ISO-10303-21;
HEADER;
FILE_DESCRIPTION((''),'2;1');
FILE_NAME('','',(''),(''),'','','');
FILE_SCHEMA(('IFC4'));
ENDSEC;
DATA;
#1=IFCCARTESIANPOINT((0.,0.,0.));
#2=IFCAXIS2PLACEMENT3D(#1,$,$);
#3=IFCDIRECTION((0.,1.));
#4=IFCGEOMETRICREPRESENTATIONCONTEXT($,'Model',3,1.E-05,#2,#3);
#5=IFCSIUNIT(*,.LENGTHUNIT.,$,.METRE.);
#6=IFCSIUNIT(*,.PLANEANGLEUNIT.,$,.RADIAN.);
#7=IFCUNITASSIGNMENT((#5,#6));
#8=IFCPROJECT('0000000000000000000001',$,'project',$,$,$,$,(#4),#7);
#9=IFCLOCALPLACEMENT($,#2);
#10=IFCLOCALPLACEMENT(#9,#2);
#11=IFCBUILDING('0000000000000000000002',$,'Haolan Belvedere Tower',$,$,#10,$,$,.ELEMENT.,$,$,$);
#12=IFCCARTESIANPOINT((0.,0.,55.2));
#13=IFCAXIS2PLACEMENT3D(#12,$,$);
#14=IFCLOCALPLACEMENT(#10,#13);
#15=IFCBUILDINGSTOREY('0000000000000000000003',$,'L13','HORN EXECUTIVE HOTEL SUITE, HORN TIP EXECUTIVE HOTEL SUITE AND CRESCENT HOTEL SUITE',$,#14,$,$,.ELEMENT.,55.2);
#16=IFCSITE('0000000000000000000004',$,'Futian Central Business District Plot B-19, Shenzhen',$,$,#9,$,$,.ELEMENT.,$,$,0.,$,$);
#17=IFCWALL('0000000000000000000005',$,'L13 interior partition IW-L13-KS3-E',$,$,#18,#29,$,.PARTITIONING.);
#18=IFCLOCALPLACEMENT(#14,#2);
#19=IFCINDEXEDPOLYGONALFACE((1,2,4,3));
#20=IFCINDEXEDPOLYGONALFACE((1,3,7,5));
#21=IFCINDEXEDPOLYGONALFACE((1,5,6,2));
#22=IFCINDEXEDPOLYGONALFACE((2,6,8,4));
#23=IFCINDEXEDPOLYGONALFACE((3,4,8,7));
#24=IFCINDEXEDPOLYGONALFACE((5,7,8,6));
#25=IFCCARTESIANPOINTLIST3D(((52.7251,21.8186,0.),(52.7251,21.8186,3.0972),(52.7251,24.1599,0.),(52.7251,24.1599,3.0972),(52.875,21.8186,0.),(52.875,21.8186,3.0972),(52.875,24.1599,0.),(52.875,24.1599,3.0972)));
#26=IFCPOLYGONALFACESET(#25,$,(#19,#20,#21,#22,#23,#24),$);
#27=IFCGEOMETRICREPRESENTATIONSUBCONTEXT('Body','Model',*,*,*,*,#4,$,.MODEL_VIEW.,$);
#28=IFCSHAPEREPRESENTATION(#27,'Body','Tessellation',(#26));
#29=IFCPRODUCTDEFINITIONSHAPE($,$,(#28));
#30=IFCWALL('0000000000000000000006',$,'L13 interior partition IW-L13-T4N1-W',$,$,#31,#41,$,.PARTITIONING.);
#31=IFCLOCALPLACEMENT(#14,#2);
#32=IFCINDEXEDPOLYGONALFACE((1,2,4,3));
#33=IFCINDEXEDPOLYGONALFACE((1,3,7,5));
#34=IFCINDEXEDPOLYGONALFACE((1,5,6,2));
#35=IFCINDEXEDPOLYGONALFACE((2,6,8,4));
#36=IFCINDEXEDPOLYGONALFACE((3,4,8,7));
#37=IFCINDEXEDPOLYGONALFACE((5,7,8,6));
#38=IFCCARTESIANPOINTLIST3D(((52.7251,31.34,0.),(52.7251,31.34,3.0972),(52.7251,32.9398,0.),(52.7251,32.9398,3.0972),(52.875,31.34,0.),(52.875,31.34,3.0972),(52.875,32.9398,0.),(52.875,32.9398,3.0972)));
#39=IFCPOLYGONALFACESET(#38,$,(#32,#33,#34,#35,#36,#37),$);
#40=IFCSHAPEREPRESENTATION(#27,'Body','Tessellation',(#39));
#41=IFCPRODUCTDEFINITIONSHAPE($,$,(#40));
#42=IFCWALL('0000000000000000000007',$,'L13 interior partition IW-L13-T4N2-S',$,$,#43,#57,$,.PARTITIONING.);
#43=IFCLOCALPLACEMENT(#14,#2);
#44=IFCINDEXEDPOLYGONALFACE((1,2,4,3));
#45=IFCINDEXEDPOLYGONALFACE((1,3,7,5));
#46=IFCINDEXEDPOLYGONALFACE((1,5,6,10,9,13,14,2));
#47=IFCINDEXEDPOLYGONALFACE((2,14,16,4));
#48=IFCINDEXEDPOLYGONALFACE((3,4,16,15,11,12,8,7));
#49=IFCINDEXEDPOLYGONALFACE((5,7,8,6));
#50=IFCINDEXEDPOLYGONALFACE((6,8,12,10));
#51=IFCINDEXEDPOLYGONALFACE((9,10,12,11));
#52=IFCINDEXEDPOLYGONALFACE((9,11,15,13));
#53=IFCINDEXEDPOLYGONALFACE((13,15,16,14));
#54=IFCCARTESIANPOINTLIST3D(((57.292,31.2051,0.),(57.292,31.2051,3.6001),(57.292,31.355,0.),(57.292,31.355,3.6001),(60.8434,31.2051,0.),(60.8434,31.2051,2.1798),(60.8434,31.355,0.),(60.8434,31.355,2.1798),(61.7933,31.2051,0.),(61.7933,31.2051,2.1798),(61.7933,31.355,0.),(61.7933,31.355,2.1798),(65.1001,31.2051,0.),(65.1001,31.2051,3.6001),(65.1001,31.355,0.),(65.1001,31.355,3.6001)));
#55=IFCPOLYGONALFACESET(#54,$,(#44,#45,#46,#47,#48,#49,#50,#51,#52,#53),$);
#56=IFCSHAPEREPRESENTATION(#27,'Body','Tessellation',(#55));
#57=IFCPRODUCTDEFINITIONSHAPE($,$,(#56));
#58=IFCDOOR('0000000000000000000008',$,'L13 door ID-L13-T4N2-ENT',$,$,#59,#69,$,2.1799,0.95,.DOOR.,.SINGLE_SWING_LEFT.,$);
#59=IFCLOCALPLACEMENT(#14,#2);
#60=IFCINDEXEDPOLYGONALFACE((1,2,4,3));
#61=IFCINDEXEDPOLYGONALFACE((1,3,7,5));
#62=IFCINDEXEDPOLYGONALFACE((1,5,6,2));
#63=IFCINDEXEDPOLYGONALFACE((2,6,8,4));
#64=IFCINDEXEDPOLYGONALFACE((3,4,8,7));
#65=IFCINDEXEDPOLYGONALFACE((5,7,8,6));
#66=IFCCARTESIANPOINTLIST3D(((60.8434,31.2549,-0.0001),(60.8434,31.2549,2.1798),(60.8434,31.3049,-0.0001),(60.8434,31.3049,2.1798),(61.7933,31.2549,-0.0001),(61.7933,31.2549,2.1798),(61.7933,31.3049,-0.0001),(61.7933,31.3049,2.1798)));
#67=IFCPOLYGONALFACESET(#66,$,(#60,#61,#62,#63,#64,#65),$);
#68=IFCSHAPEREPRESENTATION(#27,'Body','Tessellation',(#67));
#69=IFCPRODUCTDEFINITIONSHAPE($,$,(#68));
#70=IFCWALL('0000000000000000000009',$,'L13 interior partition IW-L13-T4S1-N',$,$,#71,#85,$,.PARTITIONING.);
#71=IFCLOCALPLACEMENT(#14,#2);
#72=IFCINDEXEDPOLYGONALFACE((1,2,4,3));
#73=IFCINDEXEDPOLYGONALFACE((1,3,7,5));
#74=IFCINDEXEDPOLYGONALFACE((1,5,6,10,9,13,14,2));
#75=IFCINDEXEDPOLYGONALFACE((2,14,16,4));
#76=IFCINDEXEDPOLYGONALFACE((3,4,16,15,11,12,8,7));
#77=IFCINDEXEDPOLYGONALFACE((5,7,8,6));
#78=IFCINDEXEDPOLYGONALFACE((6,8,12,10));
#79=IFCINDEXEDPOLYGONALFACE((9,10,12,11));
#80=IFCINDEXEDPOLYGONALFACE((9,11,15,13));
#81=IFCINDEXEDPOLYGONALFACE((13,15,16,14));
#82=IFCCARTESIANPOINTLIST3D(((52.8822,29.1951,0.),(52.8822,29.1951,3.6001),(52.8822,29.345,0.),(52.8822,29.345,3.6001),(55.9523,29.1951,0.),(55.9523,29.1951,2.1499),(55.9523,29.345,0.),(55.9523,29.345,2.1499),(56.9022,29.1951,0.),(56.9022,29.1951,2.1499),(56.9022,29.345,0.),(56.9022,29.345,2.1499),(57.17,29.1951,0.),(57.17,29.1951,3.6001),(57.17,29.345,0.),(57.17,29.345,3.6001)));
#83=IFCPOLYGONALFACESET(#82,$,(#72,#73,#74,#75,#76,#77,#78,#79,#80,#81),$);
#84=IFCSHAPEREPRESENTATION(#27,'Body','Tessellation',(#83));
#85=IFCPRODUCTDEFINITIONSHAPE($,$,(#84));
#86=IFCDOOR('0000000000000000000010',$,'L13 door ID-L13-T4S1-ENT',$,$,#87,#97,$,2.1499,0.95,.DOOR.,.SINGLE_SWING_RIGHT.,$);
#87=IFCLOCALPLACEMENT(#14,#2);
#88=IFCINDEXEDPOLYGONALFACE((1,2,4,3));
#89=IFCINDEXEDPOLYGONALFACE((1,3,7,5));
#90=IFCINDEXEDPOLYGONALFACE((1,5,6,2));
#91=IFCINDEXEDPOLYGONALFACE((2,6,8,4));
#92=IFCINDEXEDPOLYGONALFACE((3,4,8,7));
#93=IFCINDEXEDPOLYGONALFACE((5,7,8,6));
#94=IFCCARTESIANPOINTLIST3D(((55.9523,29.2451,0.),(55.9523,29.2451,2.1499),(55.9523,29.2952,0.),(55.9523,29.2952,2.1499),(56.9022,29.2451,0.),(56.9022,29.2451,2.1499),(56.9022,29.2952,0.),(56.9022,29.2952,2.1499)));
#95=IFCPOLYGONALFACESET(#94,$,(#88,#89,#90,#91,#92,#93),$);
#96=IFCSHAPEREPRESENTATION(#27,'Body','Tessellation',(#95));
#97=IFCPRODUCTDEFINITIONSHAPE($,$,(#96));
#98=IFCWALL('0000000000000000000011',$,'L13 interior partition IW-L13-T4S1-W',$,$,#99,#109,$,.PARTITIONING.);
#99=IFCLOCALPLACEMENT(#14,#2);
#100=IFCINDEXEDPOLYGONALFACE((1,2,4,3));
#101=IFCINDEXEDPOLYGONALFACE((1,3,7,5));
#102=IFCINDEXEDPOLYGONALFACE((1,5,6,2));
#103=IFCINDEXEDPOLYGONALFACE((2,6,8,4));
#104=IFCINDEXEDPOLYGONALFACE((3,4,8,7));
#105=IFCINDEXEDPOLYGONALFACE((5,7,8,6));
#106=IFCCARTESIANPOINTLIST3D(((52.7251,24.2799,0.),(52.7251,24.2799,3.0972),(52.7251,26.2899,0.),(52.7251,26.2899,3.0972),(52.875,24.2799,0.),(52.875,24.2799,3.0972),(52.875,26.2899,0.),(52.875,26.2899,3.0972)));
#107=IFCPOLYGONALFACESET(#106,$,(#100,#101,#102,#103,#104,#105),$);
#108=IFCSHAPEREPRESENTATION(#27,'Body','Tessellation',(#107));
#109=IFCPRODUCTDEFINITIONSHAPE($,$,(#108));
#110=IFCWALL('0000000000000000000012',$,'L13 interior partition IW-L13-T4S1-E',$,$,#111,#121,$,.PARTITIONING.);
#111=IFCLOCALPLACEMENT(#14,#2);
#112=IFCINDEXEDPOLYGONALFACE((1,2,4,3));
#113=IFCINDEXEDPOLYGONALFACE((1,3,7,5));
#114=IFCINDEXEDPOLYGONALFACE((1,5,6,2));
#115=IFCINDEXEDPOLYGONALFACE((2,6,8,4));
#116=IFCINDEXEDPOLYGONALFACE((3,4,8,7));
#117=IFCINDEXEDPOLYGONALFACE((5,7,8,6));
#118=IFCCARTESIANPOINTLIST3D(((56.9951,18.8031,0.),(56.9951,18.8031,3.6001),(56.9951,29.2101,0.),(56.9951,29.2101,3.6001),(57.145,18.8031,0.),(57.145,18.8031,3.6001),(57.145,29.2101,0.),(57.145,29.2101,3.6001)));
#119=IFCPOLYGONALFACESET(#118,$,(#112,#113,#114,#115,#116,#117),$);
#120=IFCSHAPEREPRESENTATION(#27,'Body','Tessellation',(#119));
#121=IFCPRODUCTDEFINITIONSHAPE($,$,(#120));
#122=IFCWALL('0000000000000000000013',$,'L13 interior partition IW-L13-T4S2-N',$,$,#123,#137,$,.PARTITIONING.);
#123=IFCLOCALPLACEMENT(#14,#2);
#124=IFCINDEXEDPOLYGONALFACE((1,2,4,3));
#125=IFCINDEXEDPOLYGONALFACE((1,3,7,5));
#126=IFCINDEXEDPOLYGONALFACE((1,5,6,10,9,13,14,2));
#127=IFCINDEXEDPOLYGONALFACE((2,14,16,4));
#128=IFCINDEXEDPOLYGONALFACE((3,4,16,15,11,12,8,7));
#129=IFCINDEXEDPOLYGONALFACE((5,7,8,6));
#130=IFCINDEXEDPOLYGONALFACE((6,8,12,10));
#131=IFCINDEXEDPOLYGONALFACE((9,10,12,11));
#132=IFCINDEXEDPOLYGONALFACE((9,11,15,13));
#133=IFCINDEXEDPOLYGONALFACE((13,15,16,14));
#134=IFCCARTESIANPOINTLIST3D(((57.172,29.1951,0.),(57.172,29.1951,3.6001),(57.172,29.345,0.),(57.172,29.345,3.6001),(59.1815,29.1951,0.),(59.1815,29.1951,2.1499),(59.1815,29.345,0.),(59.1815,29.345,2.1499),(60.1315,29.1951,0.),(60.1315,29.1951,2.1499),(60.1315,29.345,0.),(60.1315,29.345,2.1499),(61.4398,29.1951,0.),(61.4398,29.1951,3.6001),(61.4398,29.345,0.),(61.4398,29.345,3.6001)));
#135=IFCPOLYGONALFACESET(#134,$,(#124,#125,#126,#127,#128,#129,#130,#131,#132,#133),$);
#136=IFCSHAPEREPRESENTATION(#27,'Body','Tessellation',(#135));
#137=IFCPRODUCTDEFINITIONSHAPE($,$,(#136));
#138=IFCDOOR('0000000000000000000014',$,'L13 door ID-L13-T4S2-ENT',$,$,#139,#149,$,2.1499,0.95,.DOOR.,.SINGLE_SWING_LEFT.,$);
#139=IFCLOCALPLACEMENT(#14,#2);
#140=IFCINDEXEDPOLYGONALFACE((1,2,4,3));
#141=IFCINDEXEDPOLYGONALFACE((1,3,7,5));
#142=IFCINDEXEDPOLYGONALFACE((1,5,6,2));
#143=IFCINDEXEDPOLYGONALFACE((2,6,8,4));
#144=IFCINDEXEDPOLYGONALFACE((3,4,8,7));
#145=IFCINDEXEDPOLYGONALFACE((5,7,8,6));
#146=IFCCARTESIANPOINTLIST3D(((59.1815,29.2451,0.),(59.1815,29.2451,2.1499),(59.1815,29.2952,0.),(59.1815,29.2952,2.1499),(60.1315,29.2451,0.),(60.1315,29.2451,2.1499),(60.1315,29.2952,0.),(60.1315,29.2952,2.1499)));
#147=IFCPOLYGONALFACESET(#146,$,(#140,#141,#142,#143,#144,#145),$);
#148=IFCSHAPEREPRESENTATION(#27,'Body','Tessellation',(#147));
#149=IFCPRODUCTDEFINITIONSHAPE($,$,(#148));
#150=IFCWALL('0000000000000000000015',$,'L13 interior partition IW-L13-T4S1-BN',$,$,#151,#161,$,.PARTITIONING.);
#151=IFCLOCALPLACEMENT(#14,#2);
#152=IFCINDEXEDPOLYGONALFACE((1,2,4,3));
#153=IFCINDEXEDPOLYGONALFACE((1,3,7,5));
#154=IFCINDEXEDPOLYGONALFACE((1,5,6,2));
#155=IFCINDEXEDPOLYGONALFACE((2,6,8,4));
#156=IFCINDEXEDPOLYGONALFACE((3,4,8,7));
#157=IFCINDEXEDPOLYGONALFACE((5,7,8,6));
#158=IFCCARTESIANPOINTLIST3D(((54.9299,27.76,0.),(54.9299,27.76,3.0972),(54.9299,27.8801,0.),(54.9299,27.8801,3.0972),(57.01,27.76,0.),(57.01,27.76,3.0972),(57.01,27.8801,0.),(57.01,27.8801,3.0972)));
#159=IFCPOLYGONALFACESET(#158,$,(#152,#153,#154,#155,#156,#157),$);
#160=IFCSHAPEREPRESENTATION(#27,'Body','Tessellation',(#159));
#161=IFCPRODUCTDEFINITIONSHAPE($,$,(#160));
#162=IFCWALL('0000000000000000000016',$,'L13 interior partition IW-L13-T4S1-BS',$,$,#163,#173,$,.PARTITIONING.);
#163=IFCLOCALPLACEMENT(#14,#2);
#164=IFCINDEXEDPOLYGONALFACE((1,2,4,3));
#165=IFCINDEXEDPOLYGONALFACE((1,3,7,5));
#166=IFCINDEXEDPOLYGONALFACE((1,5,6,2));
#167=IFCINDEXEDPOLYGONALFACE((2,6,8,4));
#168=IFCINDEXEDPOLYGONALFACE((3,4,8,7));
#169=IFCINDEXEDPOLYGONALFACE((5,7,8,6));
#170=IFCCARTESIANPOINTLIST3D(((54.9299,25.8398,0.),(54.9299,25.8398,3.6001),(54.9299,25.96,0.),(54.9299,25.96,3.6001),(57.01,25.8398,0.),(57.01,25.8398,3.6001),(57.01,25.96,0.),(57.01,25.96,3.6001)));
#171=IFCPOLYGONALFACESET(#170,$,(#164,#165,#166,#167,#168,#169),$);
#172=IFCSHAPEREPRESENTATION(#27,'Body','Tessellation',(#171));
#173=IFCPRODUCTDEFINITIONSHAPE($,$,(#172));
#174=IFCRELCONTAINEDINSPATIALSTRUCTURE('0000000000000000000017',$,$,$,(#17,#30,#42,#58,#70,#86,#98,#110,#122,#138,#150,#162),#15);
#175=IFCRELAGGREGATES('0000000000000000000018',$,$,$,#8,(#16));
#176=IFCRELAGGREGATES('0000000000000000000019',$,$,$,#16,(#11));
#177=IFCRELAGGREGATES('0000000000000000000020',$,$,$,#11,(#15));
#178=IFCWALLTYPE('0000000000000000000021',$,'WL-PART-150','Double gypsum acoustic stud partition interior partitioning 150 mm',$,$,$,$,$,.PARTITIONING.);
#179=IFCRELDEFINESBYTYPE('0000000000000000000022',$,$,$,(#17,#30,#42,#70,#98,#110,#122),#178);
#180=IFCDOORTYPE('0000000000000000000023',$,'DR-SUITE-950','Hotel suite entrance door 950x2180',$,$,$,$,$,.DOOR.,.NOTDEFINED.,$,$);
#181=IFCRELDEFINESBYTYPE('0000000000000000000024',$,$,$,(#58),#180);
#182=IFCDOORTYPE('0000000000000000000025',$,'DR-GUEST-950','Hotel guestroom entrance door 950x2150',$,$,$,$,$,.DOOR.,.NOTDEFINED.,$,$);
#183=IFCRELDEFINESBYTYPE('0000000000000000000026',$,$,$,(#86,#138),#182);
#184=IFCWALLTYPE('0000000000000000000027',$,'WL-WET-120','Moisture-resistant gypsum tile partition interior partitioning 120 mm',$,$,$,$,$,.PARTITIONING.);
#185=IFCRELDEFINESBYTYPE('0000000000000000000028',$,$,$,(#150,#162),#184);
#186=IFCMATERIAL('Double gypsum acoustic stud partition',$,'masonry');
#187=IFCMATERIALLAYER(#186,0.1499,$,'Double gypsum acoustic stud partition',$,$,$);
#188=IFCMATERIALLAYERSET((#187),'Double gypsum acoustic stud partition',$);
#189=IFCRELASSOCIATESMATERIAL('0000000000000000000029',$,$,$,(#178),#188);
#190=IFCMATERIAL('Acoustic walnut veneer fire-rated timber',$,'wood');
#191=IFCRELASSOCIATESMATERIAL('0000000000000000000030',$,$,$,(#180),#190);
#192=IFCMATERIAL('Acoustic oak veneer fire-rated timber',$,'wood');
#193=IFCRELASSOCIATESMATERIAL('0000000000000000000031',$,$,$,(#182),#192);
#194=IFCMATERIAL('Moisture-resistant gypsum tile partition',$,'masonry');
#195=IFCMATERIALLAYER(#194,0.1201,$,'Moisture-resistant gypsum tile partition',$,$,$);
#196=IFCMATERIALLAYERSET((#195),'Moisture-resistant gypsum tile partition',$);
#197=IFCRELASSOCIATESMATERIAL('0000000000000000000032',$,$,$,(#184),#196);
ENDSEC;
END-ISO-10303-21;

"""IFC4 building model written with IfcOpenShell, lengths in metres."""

from ifc_helpers import new_model, si_unit, direction, frame, frame_2d, origin, place, context, subcontext, project, spatial, rectangle, extrude, material, layer, layer_set, type_object, element, fill, save


model = new_model("IFC4")

# Units and contexts
model_context = context("Model", 3, precision=1e-05, world=origin(), true_north=direction((0.0, 1.0)))
body_context = subcontext(model_context, "Body", "Model", "MODEL_VIEW")
ifc_project = project(units=[si_unit("LENGTHUNIT", "METRE"), si_unit("PLANEANGLEUNIT", "RADIAN")], contexts=[model_context])

# Site, building, storey
site_placement = place(None, origin())
site = spatial("IfcSite", under=ifc_project, at=site_placement, Name="Futian Central Business District Plot B-19, Shenzhen", CompositionType="ELEMENT", RefElevation=0.0)
building_placement = place(site_placement, origin())
building = spatial("IfcBuilding", under=site, at=building_placement, Name="Haolan Belvedere Tower", CompositionType="ELEMENT")
storey_placement = place(building_placement, frame((0.0, 0.0, 55.2)))
storey = spatial("IfcBuildingStorey", under=building, at=storey_placement, Name="L13", Description="HORN EXECUTIVE HOTEL SUITE, HORN TIP EXECUTIVE HOTEL SUITE AND CRESCENT HOTEL SUITE", CompositionType="ELEMENT", Elevation=55.2)

# Walls
ifc_material_1 = material(Name="Double gypsum acoustic stud partition", Category="masonry")
ifc_layer_1 = layer(ifc_material_1, 0.1499, Name="Double gypsum acoustic stud partition")
ifc_layer_set_1 = layer_set([ifc_layer_1], Name="Double gypsum acoustic stud partition")
wall_type_1 = type_object("IfcWallType", Name="WL-PART-150", Description="Double gypsum acoustic stud partition interior partitioning 150 mm", PredefinedType="PARTITIONING", material=ifc_layer_set_1)
wall_1_placement = place(storey_placement, frame((52.8, 21.8186, 0.0), z_axis=(0.0, 0.0, 1.0), x_axis=(0.0, 1.0, 0.0)))
element("IfcWall", 1, at=wall_1_placement, inside=storey, type_object=wall_type_1, Name="L13 interior partition IW-L13-KS3-E", PredefinedType="PARTITIONING", context=body_context, shape_type="SweptSolid", body=[
    extrude(rectangle(XDim=2.3413, YDim=0.1499, at=frame_2d((1.1707, 0.0))), origin(), (0.0, 0.0, 1.0), 3.0972),
])
wall_2_placement = place(storey_placement, frame((52.8, 31.3401, 0.0), z_axis=(0.0, 0.0, 1.0), x_axis=(0.0, 1.0, 0.0)))
element("IfcWall", 2, at=wall_2_placement, inside=storey, type_object=wall_type_1, Name="L13 interior partition IW-L13-T4N1-W", PredefinedType="PARTITIONING", context=body_context, shape_type="SweptSolid", body=[
    extrude(rectangle(XDim=1.5999, YDim=0.1499, at=frame_2d((0.7998, 0.0))), origin(), (0.0, 0.0, 1.0), 3.0972),
])

# Walls, openings, doors
wall_3_placement = place(storey_placement, frame((57.292, 31.28, 0.0), z_axis=(0.0, 0.0, 1.0), x_axis=(1.0, 0.0, 0.0)))
wall_3 = element("IfcWall", 3, at=wall_3_placement, inside=storey, type_object=wall_type_1, Name="L13 interior partition IW-L13-T4N2-S", PredefinedType="PARTITIONING", context=body_context, shape_type="SweptSolid", body=[
    extrude(rectangle(XDim=7.8081, YDim=0.1499, at=frame_2d((3.9041, 0.0))), origin(), (0.0, 0.0, 1.0), 3.6001),
])
opening_1_placement = place(wall_3_placement, frame((3.5513, 0.0, 0.0)))
opening_1 = element("IfcOpeningElement", 4, at=opening_1_placement, cuts=wall_3, PredefinedType="OPENING", context=body_context, shape_type="SweptSolid", body=[
    extrude(rectangle(XDim=0.95, YDim=2.1799, at=frame_2d((0.4751, 1.0898))), frame((0.0, 0.085, 0.0), z_axis=(0.0, -1.0, 0.0), x_axis=(1.0, 0.0, 0.0)), (0.0, 0.0, 1.0), 0.1699),
])
ifc_material_2 = material(Name="Acoustic walnut veneer fire-rated timber", Category="wood")
door_type_1 = type_object("IfcDoorType", Name="DR-SUITE-950", Description="Hotel suite entrance door 950x2180", OperationType="NOTDEFINED", PredefinedType="DOOR", material=ifc_material_2)
door_1_placement = place(opening_1_placement, origin())
door_1 = element("IfcDoor", 5, at=door_1_placement, inside=storey, type_object=door_type_1, Name="L13 door ID-L13-T4N2-ENT", OperationType="SINGLE_SWING_LEFT", OverallHeight=2.1799, OverallWidth=0.95, PredefinedType="DOOR", context=body_context, shape_type="SweptSolid", body=[
    extrude(rectangle(XDim=0.95, YDim=2.1799, at=frame_2d((0.4751, 1.0898))), frame((0.0, 0.0249, 0.0), z_axis=(0.0, -1.0, 0.0), x_axis=(1.0, 0.0, 0.0)), (0.0, 0.0, 1.0), 0.05),
])
fill(opening_1, door_1)
wall_4_placement = place(storey_placement, frame((52.8821, 29.27, 0.0), z_axis=(0.0, 0.0, 1.0), x_axis=(1.0, 0.0, 0.0)))
wall_4 = element("IfcWall", 6, at=wall_4_placement, inside=storey, type_object=wall_type_1, Name="L13 interior partition IW-L13-T4S1-N", PredefinedType="PARTITIONING", context=body_context, shape_type="SweptSolid", body=[
    extrude(rectangle(XDim=4.2878, YDim=0.1499, at=frame_2d((2.144, 0.0))), origin(), (0.0, 0.0, 1.0), 3.6001),
])
opening_2_placement = place(wall_4_placement, frame((4.0203, 0.0, 0.0), z_axis=(0.0, 0.0, 1.0), x_axis=(-1.0, 0.0, 0.0)))
opening_2 = element("IfcOpeningElement", 7, at=opening_2_placement, cuts=wall_4, PredefinedType="OPENING", context=body_context, shape_type="SweptSolid", body=[
    extrude(rectangle(XDim=0.95, YDim=2.1499, at=frame_2d((0.4751, 1.075))), frame((0.0, 0.085, 0.0), z_axis=(0.0, -1.0, 0.0), x_axis=(1.0, 0.0, 0.0)), (0.0, 0.0, 1.0), 0.1699),
])
ifc_material_3 = material(Name="Acoustic oak veneer fire-rated timber", Category="wood")
door_type_2 = type_object("IfcDoorType", Name="DR-GUEST-950", Description="Hotel guestroom entrance door 950x2150", OperationType="NOTDEFINED", PredefinedType="DOOR", material=ifc_material_3)
door_2_placement = place(opening_2_placement, origin())
door_2 = element("IfcDoor", 8, at=door_2_placement, inside=storey, type_object=door_type_2, Name="L13 door ID-L13-T4S1-ENT", OperationType="SINGLE_SWING_RIGHT", OverallHeight=2.1499, OverallWidth=0.95, PredefinedType="DOOR", context=body_context, shape_type="SweptSolid", body=[
    extrude(rectangle(XDim=0.95, YDim=2.1499, at=frame_2d((0.4751, 1.075))), frame((0.0, 0.0249, 0.0), z_axis=(0.0, -1.0, 0.0), x_axis=(1.0, 0.0, 0.0)), (0.0, 0.0, 1.0), 0.05),
])
fill(opening_2, door_2)

# Walls
wall_5_placement = place(storey_placement, frame((52.8, 24.28, 0.0), z_axis=(0.0, 0.0, 1.0), x_axis=(0.0, 1.0, 0.0)))
element("IfcWall", 9, at=wall_5_placement, inside=storey, type_object=wall_type_1, Name="L13 interior partition IW-L13-T4S1-W", PredefinedType="PARTITIONING", context=body_context, shape_type="SweptSolid", body=[
    extrude(rectangle(XDim=2.01, YDim=0.1499, at=frame_2d((1.0049, 0.0))), origin(), (0.0, 0.0, 1.0), 3.0972),
])
wall_6_placement = place(storey_placement, frame((57.0701, 18.803, 0.0), z_axis=(0.0, 0.0, 1.0), x_axis=(0.0, 1.0, 0.0)))
element("IfcWall", 10, at=wall_6_placement, inside=storey, type_object=wall_type_1, Name="L13 interior partition IW-L13-T4S1-E", PredefinedType="PARTITIONING", context=body_context, shape_type="SweptSolid", body=[
    extrude(rectangle(XDim=10.407, YDim=0.1499, at=frame_2d((5.2036, 0.0))), origin(), (0.0, 0.0, 1.0), 3.6001),
])

# Wall, opening, door
wall_7_placement = place(storey_placement, frame((57.1721, 29.27, 0.0), z_axis=(0.0, 0.0, 1.0), x_axis=(1.0, 0.0, 0.0)))
wall_7 = element("IfcWall", 11, at=wall_7_placement, inside=storey, type_object=wall_type_1, Name="L13 interior partition IW-L13-T4S2-N", PredefinedType="PARTITIONING", context=body_context, shape_type="SweptSolid", body=[
    extrude(rectangle(XDim=4.2678, YDim=0.1499, at=frame_2d((2.1338, 0.0))), origin(), (0.0, 0.0, 1.0), 3.6001),
])
opening_3_placement = place(wall_7_placement, frame((2.9595, 0.0, 0.0), z_axis=(0.0, 0.0, 1.0), x_axis=(-1.0, 0.0, 0.0)))
opening_3 = element("IfcOpeningElement", 12, at=opening_3_placement, cuts=wall_7, PredefinedType="OPENING", context=body_context, shape_type="SweptSolid", body=[
    extrude(rectangle(XDim=0.95, YDim=2.1499, at=frame_2d((0.4751, 1.075))), frame((0.0, 0.085, 0.0), z_axis=(0.0, -1.0, 0.0), x_axis=(1.0, 0.0, 0.0)), (0.0, 0.0, 1.0), 0.1699),
])
door_3_placement = place(opening_3_placement, origin())
door_3 = element("IfcDoor", 13, at=door_3_placement, inside=storey, type_object=door_type_2, Name="L13 door ID-L13-T4S2-ENT", OperationType="SINGLE_SWING_LEFT", OverallHeight=2.1499, OverallWidth=0.95, PredefinedType="DOOR", context=body_context, shape_type="SweptSolid", body=[
    extrude(rectangle(XDim=0.95, YDim=2.1499, at=frame_2d((0.4751, 1.075))), frame((0.0, 0.0249, 0.0), z_axis=(0.0, -1.0, 0.0), x_axis=(1.0, 0.0, 0.0)), (0.0, 0.0, 1.0), 0.05),
])
fill(opening_3, door_3)

# Walls
ifc_material_4 = material(Name="Moisture-resistant gypsum tile partition", Category="masonry")
ifc_layer_2 = layer(ifc_material_4, 0.1201, Name="Moisture-resistant gypsum tile partition")
ifc_layer_set_2 = layer_set([ifc_layer_2], Name="Moisture-resistant gypsum tile partition")
wall_type_2 = type_object("IfcWallType", Name="WL-WET-120", Description="Moisture-resistant gypsum tile partition interior partitioning 120 mm", PredefinedType="PARTITIONING", material=ifc_layer_set_2)
wall_8_placement = place(storey_placement, frame((54.9299, 27.8201, 0.0), z_axis=(0.0, 0.0, 1.0), x_axis=(1.0, 0.0, 0.0)))
element("IfcWall", 14, at=wall_8_placement, inside=storey, type_object=wall_type_2, Name="L13 interior partition IW-L13-T4S1-BN", PredefinedType="PARTITIONING", context=body_context, shape_type="SweptSolid", body=[
    extrude(rectangle(XDim=2.0801, YDim=0.1201, at=frame_2d((1.04, 0.0))), origin(), (0.0, 0.0, 1.0), 3.0972),
])
wall_9_placement = place(storey_placement, frame((54.9299, 25.8999, 0.0), z_axis=(0.0, 0.0, 1.0), x_axis=(1.0, 0.0, 0.0)))
element("IfcWall", 15, at=wall_9_placement, inside=storey, type_object=wall_type_2, Name="L13 interior partition IW-L13-T4S1-BS", PredefinedType="PARTITIONING", context=body_context, shape_type="SweptSolid", body=[
    extrude(rectangle(XDim=2.0801, YDim=0.1201, at=frame_2d((1.04, 0.0))), origin(), (0.0, 0.0, 1.0), 3.6001),
])

save(model, "model.ifc")
